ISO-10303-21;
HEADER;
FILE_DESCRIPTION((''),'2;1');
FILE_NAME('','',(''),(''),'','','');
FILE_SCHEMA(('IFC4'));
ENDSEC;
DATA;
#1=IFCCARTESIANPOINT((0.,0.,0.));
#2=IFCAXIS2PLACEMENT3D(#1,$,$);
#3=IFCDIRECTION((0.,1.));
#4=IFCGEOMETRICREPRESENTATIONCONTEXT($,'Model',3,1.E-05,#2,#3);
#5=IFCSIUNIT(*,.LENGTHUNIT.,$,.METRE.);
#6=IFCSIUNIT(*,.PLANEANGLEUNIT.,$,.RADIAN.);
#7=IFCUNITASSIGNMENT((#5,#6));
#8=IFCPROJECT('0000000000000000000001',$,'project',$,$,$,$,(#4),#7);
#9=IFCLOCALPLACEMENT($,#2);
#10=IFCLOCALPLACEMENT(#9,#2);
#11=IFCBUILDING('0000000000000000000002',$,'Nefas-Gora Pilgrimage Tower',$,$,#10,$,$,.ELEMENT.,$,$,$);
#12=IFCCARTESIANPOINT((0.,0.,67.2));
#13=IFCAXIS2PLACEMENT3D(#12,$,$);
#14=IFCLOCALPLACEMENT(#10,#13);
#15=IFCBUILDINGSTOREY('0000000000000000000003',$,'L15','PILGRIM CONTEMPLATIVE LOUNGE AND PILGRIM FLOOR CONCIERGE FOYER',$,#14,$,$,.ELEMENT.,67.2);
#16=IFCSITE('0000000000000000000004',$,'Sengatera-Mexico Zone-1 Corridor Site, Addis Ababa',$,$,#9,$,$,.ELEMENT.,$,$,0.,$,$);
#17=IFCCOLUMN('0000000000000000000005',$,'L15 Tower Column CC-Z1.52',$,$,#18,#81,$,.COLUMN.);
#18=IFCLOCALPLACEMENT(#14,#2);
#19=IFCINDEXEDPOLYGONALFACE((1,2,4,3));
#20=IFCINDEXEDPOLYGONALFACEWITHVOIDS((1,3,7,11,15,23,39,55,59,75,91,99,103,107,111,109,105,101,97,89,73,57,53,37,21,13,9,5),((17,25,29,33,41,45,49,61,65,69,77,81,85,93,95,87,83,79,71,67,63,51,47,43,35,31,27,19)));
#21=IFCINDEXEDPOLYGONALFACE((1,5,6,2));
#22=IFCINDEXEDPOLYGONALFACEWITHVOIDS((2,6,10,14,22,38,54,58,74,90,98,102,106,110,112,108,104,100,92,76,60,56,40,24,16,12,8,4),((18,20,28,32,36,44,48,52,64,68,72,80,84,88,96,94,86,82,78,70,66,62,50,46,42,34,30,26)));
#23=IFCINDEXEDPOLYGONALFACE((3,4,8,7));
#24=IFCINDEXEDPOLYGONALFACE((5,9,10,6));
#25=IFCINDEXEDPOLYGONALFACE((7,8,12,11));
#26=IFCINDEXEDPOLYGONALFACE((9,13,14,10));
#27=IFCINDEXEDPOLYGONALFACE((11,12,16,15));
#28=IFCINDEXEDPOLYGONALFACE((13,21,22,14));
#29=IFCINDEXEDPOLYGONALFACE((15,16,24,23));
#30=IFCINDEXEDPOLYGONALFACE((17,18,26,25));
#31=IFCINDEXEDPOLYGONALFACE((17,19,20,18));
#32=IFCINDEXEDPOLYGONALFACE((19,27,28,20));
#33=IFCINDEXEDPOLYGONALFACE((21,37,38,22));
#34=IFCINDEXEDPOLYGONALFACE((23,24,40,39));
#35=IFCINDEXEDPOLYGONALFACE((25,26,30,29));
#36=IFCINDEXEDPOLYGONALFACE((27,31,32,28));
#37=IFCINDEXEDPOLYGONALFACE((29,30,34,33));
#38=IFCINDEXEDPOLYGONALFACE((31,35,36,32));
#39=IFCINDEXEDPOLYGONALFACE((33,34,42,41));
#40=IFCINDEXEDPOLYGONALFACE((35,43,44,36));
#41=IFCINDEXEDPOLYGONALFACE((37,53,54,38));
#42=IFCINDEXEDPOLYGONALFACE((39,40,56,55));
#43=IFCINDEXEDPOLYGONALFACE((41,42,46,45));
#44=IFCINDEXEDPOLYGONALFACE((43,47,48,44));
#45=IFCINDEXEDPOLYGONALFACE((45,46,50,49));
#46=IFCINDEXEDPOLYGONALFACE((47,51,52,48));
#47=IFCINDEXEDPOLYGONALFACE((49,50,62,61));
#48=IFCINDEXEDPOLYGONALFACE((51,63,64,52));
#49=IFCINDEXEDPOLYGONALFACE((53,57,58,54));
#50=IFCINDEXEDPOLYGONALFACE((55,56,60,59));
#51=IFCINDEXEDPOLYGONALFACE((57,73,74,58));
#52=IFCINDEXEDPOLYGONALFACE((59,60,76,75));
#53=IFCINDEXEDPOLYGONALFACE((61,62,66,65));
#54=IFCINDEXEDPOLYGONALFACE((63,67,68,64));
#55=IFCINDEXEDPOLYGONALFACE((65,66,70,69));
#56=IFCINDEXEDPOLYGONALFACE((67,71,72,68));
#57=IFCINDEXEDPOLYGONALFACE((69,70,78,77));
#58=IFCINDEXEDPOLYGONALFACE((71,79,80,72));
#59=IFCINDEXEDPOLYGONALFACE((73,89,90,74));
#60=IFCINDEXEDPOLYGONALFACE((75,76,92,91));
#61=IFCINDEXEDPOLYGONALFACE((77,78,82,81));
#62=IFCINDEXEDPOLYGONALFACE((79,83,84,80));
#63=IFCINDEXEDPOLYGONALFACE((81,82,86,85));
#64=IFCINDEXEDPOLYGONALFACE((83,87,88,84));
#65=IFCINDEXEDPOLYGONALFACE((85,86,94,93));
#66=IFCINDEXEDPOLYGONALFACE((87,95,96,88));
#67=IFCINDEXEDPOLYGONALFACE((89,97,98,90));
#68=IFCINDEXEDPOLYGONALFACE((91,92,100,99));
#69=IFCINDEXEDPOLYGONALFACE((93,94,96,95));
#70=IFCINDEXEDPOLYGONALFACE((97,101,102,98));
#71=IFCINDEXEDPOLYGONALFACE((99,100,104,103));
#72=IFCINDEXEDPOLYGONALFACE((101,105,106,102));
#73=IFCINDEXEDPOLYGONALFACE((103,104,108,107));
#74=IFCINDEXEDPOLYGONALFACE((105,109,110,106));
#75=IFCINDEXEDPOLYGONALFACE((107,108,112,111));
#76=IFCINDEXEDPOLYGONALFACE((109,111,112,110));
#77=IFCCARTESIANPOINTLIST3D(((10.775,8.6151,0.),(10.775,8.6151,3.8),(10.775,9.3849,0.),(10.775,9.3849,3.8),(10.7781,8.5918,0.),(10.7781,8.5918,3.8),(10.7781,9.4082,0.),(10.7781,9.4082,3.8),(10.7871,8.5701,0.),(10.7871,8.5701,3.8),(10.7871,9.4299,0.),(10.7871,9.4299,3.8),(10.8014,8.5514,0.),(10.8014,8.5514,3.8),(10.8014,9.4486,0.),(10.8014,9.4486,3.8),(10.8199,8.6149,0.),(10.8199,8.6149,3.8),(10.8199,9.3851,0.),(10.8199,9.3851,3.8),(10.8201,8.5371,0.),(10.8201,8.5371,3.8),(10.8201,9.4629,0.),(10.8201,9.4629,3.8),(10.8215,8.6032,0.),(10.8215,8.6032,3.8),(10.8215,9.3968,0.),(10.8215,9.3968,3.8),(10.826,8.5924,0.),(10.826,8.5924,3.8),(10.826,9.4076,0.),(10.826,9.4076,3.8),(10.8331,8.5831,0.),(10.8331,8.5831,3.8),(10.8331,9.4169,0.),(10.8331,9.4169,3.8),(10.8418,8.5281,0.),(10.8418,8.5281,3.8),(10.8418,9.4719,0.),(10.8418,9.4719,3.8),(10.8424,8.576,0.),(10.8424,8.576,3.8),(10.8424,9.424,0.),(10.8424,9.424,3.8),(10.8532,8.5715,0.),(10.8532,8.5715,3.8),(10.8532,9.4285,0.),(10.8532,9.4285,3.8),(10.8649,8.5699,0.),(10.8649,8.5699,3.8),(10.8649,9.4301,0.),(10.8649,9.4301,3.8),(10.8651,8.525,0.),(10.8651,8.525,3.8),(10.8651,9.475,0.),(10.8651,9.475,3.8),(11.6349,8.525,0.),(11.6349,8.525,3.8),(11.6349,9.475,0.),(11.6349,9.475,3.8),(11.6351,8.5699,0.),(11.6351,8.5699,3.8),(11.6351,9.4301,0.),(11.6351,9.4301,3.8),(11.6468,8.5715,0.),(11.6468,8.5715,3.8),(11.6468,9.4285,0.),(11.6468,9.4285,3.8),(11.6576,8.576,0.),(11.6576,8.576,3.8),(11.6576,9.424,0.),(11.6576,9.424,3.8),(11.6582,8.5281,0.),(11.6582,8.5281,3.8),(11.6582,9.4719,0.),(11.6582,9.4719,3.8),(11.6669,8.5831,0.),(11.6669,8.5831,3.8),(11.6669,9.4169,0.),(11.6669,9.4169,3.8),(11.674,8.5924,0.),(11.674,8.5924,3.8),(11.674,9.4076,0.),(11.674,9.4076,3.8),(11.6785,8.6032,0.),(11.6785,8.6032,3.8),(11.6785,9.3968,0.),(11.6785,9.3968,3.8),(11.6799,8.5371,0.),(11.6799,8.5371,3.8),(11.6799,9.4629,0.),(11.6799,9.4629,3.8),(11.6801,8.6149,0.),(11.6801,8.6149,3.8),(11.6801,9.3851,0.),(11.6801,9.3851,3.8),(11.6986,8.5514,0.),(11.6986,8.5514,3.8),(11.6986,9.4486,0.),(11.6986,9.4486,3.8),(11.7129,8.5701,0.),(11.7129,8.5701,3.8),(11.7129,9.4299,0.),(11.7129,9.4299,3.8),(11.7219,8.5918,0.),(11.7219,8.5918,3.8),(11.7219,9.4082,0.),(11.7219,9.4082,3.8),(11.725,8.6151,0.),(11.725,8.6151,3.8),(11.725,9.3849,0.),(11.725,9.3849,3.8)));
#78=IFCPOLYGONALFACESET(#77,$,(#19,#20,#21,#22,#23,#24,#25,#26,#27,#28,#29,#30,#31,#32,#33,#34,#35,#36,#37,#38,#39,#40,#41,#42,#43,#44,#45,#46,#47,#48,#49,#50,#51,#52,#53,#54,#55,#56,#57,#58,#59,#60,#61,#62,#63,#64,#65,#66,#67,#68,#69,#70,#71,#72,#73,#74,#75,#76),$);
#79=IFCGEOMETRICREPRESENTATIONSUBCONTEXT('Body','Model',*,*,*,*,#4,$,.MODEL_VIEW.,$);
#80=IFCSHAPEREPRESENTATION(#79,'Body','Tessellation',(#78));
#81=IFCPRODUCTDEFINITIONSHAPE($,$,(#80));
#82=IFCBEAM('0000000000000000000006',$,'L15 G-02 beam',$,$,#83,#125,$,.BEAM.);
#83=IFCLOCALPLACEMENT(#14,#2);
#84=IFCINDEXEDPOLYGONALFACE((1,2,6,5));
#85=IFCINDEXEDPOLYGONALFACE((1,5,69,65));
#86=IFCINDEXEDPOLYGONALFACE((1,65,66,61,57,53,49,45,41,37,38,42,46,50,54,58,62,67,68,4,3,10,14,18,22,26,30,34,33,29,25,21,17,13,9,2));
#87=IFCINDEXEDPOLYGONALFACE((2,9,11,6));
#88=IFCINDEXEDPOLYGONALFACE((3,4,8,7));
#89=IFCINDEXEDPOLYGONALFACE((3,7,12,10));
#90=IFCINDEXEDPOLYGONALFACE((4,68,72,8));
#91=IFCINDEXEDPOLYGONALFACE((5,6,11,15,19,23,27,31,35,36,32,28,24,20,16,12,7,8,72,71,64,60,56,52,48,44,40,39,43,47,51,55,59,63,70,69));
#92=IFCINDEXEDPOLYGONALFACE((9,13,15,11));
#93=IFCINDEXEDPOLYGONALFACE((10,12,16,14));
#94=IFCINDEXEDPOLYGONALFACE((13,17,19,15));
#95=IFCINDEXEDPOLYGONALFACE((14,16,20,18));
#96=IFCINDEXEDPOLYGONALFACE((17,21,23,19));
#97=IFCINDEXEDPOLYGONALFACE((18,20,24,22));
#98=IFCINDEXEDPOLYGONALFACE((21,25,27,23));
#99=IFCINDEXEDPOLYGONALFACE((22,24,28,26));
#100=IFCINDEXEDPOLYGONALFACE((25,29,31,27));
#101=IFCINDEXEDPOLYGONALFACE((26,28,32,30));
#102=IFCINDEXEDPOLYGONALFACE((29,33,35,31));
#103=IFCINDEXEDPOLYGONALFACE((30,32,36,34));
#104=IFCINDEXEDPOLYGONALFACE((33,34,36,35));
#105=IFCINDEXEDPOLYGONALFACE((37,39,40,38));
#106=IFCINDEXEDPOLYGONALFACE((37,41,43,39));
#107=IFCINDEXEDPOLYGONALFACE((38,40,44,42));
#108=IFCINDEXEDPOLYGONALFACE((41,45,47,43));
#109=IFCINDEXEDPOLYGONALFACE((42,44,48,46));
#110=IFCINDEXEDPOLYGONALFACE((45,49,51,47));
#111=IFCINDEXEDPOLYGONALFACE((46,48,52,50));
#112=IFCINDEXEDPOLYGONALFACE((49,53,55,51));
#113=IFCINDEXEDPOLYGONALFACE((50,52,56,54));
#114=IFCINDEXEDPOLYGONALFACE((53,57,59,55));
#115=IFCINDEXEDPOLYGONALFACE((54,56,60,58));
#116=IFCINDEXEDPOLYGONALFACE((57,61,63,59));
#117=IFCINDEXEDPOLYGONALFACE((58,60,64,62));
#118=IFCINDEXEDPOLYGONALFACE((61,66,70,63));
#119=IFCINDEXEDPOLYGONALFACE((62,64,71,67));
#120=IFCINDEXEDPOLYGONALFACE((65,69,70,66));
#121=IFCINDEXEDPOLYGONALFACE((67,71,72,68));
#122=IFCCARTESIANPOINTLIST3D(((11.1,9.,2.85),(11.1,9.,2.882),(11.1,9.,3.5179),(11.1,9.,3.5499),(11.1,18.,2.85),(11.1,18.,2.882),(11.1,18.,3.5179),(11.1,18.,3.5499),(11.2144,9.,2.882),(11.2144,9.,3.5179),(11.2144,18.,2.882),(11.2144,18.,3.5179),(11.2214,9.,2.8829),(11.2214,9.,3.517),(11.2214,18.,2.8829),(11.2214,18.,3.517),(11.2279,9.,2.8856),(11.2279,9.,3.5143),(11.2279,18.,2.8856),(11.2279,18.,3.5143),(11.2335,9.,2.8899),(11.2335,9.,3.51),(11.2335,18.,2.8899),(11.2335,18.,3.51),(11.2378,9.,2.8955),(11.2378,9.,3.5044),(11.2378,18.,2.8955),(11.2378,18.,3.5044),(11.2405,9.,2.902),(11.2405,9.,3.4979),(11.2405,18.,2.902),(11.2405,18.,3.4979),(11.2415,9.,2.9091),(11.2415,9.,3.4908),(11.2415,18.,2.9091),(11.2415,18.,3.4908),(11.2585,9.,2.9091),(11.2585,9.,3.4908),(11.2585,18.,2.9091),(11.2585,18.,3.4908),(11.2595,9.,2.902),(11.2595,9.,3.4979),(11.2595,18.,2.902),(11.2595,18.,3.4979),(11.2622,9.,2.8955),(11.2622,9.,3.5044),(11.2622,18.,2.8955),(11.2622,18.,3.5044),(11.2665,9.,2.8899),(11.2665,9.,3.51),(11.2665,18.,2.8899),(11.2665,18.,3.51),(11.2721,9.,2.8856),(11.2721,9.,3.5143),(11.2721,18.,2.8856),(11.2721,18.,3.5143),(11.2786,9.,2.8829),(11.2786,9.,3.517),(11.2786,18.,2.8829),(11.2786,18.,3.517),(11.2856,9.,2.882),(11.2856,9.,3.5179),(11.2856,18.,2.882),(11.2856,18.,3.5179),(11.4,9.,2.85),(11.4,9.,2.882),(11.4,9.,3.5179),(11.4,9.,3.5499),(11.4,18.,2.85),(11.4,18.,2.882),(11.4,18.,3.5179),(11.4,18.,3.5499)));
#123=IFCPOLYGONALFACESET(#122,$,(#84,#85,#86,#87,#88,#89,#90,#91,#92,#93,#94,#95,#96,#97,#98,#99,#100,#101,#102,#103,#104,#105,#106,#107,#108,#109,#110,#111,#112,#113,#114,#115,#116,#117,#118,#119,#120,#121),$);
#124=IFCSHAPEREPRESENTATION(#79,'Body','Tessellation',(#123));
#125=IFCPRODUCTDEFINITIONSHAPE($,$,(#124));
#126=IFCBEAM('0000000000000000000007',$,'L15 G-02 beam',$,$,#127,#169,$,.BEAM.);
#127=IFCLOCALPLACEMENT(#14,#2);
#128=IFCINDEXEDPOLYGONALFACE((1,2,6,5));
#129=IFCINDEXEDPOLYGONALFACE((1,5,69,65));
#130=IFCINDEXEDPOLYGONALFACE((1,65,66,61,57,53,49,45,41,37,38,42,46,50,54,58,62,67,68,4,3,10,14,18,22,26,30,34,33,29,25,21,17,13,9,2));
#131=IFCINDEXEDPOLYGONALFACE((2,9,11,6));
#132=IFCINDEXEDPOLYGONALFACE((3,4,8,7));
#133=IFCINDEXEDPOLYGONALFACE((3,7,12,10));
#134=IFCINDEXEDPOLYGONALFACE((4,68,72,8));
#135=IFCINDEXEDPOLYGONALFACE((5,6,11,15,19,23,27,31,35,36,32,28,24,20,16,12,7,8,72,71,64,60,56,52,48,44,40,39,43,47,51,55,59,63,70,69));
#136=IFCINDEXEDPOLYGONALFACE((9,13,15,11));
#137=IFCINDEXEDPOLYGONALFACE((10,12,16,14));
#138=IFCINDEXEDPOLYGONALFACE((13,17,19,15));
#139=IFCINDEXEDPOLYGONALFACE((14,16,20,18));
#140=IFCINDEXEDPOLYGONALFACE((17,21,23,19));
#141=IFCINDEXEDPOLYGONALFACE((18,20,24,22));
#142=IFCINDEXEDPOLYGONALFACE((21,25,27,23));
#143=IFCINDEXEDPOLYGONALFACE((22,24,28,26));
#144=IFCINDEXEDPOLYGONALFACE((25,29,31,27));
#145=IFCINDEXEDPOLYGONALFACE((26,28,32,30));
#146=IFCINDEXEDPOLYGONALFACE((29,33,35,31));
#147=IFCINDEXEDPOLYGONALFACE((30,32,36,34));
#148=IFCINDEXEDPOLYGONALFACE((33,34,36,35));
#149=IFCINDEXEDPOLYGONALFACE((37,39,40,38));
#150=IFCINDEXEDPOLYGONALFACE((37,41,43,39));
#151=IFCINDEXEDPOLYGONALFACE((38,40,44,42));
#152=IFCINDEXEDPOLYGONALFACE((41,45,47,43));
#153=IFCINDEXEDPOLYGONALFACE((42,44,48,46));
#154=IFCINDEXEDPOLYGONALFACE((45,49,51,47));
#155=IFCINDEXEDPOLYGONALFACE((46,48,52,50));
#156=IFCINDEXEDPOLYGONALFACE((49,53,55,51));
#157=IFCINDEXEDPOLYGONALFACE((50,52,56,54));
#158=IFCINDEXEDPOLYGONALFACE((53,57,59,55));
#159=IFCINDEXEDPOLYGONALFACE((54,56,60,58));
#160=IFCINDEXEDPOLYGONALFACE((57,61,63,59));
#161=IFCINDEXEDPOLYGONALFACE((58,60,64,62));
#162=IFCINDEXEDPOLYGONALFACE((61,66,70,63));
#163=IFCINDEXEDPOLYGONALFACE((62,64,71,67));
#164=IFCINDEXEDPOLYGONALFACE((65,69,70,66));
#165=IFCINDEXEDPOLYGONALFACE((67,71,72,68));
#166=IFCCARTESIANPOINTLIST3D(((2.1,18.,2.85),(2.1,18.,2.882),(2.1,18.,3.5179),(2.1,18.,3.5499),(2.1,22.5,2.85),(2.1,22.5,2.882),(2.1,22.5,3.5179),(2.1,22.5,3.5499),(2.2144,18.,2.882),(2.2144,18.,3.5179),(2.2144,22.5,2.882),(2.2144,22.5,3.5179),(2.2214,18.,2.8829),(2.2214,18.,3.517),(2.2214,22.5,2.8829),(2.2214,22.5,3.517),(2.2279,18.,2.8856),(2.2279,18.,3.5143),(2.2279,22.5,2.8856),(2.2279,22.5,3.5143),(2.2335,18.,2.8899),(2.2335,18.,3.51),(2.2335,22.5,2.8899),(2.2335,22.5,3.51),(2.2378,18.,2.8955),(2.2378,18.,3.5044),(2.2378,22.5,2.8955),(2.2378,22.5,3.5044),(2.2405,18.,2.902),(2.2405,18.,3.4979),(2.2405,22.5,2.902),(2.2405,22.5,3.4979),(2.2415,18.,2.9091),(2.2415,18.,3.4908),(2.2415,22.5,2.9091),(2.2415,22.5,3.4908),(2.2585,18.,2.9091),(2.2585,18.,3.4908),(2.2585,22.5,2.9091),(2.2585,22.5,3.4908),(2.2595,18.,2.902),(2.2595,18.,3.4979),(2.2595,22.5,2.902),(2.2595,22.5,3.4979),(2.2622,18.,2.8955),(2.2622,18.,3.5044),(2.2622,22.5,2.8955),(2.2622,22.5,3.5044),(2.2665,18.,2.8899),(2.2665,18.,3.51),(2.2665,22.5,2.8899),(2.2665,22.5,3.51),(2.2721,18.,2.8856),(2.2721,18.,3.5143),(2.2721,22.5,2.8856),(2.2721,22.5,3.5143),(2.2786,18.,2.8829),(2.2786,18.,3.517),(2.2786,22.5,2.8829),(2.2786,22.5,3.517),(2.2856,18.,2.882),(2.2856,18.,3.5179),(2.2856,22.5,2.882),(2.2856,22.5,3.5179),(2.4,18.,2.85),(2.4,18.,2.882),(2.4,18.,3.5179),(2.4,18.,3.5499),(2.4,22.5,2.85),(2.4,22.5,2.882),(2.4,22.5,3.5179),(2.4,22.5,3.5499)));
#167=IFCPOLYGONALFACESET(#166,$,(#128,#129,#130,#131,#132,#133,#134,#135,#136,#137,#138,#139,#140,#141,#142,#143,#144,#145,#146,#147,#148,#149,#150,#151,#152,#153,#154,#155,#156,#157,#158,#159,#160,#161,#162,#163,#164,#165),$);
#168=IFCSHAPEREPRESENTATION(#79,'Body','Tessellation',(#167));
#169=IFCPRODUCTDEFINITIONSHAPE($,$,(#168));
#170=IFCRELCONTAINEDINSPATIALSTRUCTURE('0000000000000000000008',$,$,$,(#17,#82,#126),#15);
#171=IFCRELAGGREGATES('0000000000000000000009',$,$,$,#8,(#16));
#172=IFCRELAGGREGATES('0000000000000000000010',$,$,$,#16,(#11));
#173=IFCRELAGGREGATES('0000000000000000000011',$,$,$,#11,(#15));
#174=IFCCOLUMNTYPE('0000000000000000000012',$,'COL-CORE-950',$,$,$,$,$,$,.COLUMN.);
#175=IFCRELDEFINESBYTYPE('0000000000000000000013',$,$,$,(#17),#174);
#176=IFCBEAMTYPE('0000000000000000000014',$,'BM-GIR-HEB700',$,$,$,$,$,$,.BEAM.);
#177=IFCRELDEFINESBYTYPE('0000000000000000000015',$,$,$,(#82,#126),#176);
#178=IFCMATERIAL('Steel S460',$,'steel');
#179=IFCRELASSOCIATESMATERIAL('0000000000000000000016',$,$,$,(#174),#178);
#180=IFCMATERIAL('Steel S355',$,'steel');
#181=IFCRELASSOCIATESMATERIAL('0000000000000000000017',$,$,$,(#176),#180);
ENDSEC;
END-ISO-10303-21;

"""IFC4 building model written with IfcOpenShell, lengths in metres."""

from ifc_helpers import new_model, si_unit, direction, frame, origin, origin_2d, place, context, subcontext, project, spatial, hollow_rectangle, i_section, extrude, source, transform, mapped, material, material_profile, profile_set, type_object, element, save


model = new_model("IFC4")

# Units and contexts
model_context = context("Model", 3, precision=1e-05, world=origin(), true_north=direction((0.0, 1.0)))
body_context = subcontext(model_context, "Body", "Model", "MODEL_VIEW")
ifc_project = project(units=[si_unit("LENGTHUNIT", "METRE"), si_unit("PLANEANGLEUNIT", "RADIAN")], contexts=[model_context])

# Site, building, storey
site_placement = place(None, origin())
site = spatial("IfcSite", under=ifc_project, at=site_placement, Name="Sengatera-Mexico Zone-1 Corridor Site, Addis Ababa", CompositionType="ELEMENT", RefElevation=0.0)
building_placement = place(site_placement, origin())
building = spatial("IfcBuilding", under=site, at=building_placement, Name="Nefas-Gora Pilgrimage Tower", CompositionType="ELEMENT")
storey_placement = place(building_placement, frame((0.0, 0.0, 67.2)))
storey = spatial("IfcBuildingStorey", under=building, at=storey_placement, Name="L15", Description="PILGRIM CONTEMPLATIVE LOUNGE AND PILGRIM FLOOR CONCIERGE FOYER", CompositionType="ELEMENT", Elevation=67.2)

# Column
ifc_material_1 = material(Name="Steel S460", Category="steel")
ifc_material_profile_1 = material_profile(ifc_material_1, hollow_rectangle(XDim=0.95, YDim=0.95, WallThickness=0.0449, InnerFilletRadius=0.0449, OuterFilletRadius=0.0901, at=origin_2d()), Name="BOX 950x950x45")
ifc_profile_set_1 = profile_set([ifc_material_profile_1], Name="Steel S460")
column_type_1 = type_object("IfcColumnType", Name="COL-CORE-950", PredefinedType="COLUMN", material=ifc_profile_set_1)
shared_shape_1 = source(origin(), body_context, "Body", "SweptSolid", [
    extrude(hollow_rectangle(XDim=0.95, YDim=0.95, WallThickness=0.0449, InnerFilletRadius=0.0449, OuterFilletRadius=0.0901, at=origin_2d()), origin(), (0.0, 0.0, 1.0), 3.8),
])
column_placement = place(storey_placement, frame((11.25, 9.0, 0.0), z_axis=(0.0, 0.0, 1.0), x_axis=(1.0, 0.0, 0.0)))
element("IfcColumn", 1, at=column_placement, inside=storey, type_object=column_type_1, Name="L15 Tower Column CC-Z1.52", PredefinedType="COLUMN", context=body_context, shape_type="MappedRepresentation", body=[
    mapped(shared_shape_1, transform((0.0, 0.0, 0.0), x_axis=(1.0, 0.0, 0.0), y_axis=(0.0, 1.0, 0.0), z_axis=(0.0, 0.0, 1.0), scale=1.0)),
])

# Beams
ifc_material_2 = material(Name="Steel S355", Category="steel")
ifc_material_profile_2 = material_profile(ifc_material_2, i_section(OverallWidth=0.3, OverallDepth=0.7, WebThickness=0.0171, FlangeThickness=0.032, FilletRadius=0.0271, at=origin_2d()), Name="HEB 700")
ifc_profile_set_2 = profile_set([ifc_material_profile_2], Name="Steel S355")
beam_type_1 = type_object("IfcBeamType", Name="BM-GIR-HEB700", PredefinedType="BEAM", material=ifc_profile_set_2)
shared_shape_2 = source(origin(), body_context, "Body", "SweptSolid", [
    extrude(i_section(OverallWidth=0.3, OverallDepth=0.7, WebThickness=0.0171, FlangeThickness=0.032, FilletRadius=0.0271, at=origin_2d()), origin(), (0.0, 0.0, 1.0), 9.0),
])
beam_1_placement = place(storey_placement, frame((11.25, 9.0, 3.2), z_axis=(0.0, 1.0, 0.0), x_axis=(-1.0, 0.0, 0.0)))
element("IfcBeam", 2, at=beam_1_placement, inside=storey, type_object=beam_type_1, Name="L15 G-02 beam", PredefinedType="BEAM", context=body_context, shape_type="MappedRepresentation", body=[
    mapped(shared_shape_2, transform((0.0, 0.0, 0.0), x_axis=(1.0, 0.0, 0.0), y_axis=(0.0, 1.0, 0.0), z_axis=(0.0, 0.0, 1.0), scale=1.0)),
])
shared_shape_3 = source(origin(), body_context, "Body", "SweptSolid", [
    extrude(i_section(OverallWidth=0.3, OverallDepth=0.7, WebThickness=0.0171, FlangeThickness=0.032, FilletRadius=0.0271, at=origin_2d()), origin(), (0.0, 0.0, 1.0), 4.5),
])
for number, where, z_axis, x_axis, name in (
    (3, (2.25, 18.0, 3.2), (0.0, 1.0, 0.0), (-1.0, 0.0, 0.0), "L15 G-02 beam"),
):
    element("IfcBeam", number, at=place(storey_placement, frame(where, z_axis=z_axis, x_axis=x_axis)), inside=storey, type_object=beam_type_1, Name=name, PredefinedType="BEAM", context=body_context, shape_type="MappedRepresentation", body=[
        mapped(shared_shape_3, transform((0.0, 0.0, 0.0), x_axis=(1.0, 0.0, 0.0), y_axis=(0.0, 1.0, 0.0), z_axis=(0.0, 0.0, 1.0), scale=1.0)),
    ])

save(model, "model.ifc")
